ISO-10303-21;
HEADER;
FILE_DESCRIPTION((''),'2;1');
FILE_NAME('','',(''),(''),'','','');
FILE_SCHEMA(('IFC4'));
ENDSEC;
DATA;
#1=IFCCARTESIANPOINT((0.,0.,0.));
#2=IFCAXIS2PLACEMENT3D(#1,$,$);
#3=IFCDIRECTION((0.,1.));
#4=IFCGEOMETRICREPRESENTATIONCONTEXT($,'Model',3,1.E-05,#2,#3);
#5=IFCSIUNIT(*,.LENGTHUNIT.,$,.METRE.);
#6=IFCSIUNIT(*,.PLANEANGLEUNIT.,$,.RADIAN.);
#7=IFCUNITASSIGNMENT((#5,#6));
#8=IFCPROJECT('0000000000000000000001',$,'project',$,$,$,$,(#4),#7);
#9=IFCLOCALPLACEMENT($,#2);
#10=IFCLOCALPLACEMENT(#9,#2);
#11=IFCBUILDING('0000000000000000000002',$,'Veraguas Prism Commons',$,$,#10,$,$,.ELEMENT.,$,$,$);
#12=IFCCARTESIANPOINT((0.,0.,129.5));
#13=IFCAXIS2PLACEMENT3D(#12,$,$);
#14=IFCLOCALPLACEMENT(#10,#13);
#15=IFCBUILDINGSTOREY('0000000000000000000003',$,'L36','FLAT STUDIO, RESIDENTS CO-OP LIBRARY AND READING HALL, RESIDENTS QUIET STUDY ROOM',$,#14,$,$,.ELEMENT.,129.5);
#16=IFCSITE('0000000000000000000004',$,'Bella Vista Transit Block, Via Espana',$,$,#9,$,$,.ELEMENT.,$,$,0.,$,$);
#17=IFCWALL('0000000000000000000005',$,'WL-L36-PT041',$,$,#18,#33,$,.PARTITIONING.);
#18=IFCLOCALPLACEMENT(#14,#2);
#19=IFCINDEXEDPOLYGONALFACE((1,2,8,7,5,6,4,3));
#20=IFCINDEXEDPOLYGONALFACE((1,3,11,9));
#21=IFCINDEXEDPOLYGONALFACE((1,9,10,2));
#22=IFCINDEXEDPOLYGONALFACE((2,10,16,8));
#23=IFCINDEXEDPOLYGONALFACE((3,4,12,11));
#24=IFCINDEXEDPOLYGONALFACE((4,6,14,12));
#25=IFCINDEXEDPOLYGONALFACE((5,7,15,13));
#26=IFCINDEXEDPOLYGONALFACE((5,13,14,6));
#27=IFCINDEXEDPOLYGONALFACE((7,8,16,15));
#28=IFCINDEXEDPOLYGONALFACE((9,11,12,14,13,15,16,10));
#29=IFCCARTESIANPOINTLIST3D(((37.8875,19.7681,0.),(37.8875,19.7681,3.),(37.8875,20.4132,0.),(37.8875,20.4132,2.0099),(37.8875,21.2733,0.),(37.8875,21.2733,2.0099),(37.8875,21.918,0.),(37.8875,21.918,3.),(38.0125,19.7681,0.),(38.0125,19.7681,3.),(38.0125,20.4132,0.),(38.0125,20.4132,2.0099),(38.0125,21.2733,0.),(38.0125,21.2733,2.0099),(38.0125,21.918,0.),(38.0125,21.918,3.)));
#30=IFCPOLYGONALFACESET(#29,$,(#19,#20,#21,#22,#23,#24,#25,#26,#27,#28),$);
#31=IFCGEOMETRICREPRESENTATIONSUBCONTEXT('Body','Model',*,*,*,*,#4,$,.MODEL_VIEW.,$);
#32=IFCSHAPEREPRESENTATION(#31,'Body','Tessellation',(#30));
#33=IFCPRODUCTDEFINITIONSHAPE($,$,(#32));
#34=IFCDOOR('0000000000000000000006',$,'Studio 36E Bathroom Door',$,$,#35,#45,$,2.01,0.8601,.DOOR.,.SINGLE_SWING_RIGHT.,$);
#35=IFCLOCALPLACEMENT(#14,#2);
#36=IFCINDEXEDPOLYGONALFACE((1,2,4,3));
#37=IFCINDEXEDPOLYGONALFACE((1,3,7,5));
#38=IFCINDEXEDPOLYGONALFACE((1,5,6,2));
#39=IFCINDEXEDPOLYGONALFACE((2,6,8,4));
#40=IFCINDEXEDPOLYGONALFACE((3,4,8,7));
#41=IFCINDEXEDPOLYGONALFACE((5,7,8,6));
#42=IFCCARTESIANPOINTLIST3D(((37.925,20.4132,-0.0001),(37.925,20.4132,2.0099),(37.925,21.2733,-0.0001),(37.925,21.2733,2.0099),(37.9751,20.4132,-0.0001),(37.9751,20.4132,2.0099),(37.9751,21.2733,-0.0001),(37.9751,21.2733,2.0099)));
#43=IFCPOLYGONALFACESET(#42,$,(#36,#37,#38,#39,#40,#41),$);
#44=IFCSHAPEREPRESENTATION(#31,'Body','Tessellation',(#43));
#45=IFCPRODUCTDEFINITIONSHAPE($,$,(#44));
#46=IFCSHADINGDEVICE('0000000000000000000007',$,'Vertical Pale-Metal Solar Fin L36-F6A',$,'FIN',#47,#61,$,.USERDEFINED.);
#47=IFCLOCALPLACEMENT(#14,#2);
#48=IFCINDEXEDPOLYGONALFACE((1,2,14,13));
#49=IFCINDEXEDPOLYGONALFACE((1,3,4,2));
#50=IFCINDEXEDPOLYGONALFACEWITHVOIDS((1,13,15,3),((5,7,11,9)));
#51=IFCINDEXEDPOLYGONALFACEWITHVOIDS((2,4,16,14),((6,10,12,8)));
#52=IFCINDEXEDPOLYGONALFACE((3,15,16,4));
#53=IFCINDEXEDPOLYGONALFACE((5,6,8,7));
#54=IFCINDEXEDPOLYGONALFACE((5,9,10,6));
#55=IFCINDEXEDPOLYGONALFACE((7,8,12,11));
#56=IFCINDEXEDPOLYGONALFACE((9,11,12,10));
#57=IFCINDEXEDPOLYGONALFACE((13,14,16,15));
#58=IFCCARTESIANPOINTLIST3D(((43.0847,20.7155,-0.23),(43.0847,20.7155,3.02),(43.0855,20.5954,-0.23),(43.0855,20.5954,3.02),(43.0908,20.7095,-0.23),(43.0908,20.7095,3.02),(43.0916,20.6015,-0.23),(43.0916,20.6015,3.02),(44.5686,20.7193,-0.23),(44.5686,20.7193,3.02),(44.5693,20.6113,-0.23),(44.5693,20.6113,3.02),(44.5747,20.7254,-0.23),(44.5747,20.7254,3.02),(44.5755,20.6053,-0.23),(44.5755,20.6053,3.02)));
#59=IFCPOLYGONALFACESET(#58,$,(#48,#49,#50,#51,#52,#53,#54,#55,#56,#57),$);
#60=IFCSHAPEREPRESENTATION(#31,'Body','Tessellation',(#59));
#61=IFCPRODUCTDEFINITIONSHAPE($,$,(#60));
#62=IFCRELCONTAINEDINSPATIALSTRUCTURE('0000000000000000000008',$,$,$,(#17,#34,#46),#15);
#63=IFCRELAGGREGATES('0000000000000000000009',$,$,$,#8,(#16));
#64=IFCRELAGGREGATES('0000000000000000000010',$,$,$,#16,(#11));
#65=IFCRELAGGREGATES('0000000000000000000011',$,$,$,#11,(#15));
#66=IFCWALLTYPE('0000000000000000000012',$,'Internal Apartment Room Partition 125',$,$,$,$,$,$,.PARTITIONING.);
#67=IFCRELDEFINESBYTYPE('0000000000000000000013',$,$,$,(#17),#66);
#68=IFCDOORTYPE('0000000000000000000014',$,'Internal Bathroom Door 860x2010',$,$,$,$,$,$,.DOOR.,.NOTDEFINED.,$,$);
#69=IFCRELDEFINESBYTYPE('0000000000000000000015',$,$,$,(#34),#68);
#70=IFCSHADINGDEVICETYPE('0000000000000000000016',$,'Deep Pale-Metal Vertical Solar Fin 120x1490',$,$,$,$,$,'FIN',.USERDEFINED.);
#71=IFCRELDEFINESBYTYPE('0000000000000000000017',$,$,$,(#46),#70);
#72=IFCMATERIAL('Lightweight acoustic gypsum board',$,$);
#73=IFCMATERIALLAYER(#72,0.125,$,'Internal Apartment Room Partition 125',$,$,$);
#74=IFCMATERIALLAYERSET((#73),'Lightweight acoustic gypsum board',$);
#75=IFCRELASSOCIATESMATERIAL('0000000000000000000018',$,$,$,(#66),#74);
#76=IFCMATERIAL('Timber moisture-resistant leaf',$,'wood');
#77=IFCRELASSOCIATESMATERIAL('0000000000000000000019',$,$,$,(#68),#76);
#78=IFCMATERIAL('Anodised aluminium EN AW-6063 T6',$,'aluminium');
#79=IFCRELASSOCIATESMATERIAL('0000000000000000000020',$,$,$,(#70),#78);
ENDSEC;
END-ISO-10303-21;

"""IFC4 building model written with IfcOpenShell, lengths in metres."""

from ifc_helpers import new_model, si_unit, direction, frame, frame_2d, origin, origin_2d, place, context, subcontext, project, spatial, rectangle, hollow_rectangle, extrude, source, transform, mapped, material, layer, layer_set, material_profile, profile_set, type_object, element, fill, save


model = new_model("IFC4")

# Units and contexts
model_context = context("Model", 3, precision=1e-05, world=origin(), true_north=direction((0.0, 1.0)))
body_context = subcontext(model_context, "Body", "Model", "MODEL_VIEW")
ifc_project = project(units=[si_unit("LENGTHUNIT", "METRE"), si_unit("PLANEANGLEUNIT", "RADIAN")], contexts=[model_context])

# Site, building, storey
site_placement = place(None, origin())
site = spatial("IfcSite", under=ifc_project, at=site_placement, Name="Bella Vista Transit Block, Via Espana", CompositionType="ELEMENT", RefElevation=0.0)
building_placement = place(site_placement, origin())
building = spatial("IfcBuilding", under=site, at=building_placement, Name="Veraguas Prism Commons", CompositionType="ELEMENT")
storey_placement = place(building_placement, frame((0.0, 0.0, 129.5)))
storey = spatial("IfcBuildingStorey", under=building, at=storey_placement, Name="L36", Description="FLAT STUDIO, RESIDENTS CO-OP LIBRARY AND READING HALL, RESIDENTS QUIET STUDY ROOM", CompositionType="ELEMENT", Elevation=129.5)

# Shared definitions
ifc_material_1 = material(Name="Anodised aluminium EN AW-6063 T6", Category="aluminium")

# Wall, opening, door
ifc_material_2 = material(Name="Lightweight acoustic gypsum board")
ifc_layer_1 = layer(ifc_material_2, 0.125, Name="Internal Apartment Room Partition 125")
ifc_layer_set_1 = layer_set([ifc_layer_1], Name="Lightweight acoustic gypsum board")
wall_type_1 = type_object("IfcWallType", Name="Internal Apartment Room Partition 125", PredefinedType="PARTITIONING", material=ifc_layer_set_1)
wall_1_placement = place(storey_placement, frame((37.95, 19.7681, 0.0), z_axis=(0.0, 0.0, 1.0), x_axis=(0.0, 1.0, 0.0)))
wall_1 = element("IfcWall", 1, at=wall_1_placement, inside=storey, type_object=wall_type_1, Name="WL-L36-PT041", PredefinedType="PARTITIONING", context=body_context, shape_type="SweptSolid", body=[
    extrude(rectangle(XDim=2.1499, YDim=0.125, at=frame_2d((1.075, 0.0))), origin(), (0.0, 0.0, 1.0), 3.0),
])
opening_1_placement = place(wall_1_placement, frame((0.645, 0.0, 0.0)))
opening_1 = element("IfcOpeningElement", 2, at=opening_1_placement, cuts=wall_1, PredefinedType="OPENING", context=body_context, shape_type="SweptSolid", body=[
    extrude(rectangle(XDim=0.8601, YDim=2.01, at=frame_2d((0.4302, 1.0049))), frame((0.0, 0.0725, 0.0), z_axis=(0.0, -1.0, 0.0), x_axis=(1.0, 0.0, 0.0)), (0.0, 0.0, 1.0), 0.145),
])
ifc_material_3 = material(Name="Timber moisture-resistant leaf", Category="wood")
door_type_1 = type_object("IfcDoorType", Name="Internal Bathroom Door 860x2010", OperationType="NOTDEFINED", PredefinedType="DOOR", material=ifc_material_3)
shared_shape_1 = source(origin(), body_context, "Body", "SweptSolid", [
    extrude(rectangle(XDim=0.8601, YDim=2.01, at=frame_2d((0.4302, 1.0049))), frame((0.0, 0.0249, 0.0), z_axis=(0.0, -1.0, 0.0), x_axis=(1.0, 0.0, 0.0)), (0.0, 0.0, 1.0), 0.05),
])
door_1_placement = place(opening_1_placement, origin())
door_1 = element("IfcDoor", 3, at=door_1_placement, inside=storey, type_object=door_type_1, Name="Studio 36E Bathroom Door", OperationType="SINGLE_SWING_RIGHT", OverallHeight=2.01, OverallWidth=0.8601, PredefinedType="DOOR", context=body_context, shape_type="MappedRepresentation", body=[
    mapped(shared_shape_1, transform((0.0, 0.0, 0.0), scale=1.0)),
])
fill(opening_1, door_1)

# Shading device
ifc_material_profile_1 = material_profile(ifc_material_1, hollow_rectangle(XDim=0.1201, YDim=1.49, WallThickness=0.0061, at=origin_2d()), Name="FIN120X1490X6")
ifc_profile_set_1 = profile_set([ifc_material_profile_1], Name="Anodised aluminium EN AW-6063 T6")
shading_device_type = type_object("IfcShadingDeviceType", Name="Deep Pale-Metal Vertical Solar Fin 120x1490", ElementType="FIN", PredefinedType="USERDEFINED", material=ifc_profile_set_1)
shading_device_placement = place(storey_placement, frame((43.8301, 20.6604, -0.23), z_axis=(0.0, 0.0, 1.0), x_axis=(-0.006632, 0.999978, 0.0)))
element("IfcShadingDevice", 4, at=shading_device_placement, inside=storey, type_object=shading_device_type, Name="Vertical Pale-Metal Solar Fin L36-F6A", ObjectType="FIN", PredefinedType="USERDEFINED", context=body_context, shape_type="SweptSolid", body=[
    extrude(hollow_rectangle(XDim=0.1201, YDim=1.49, WallThickness=0.0061, at=origin_2d()), origin(), (0.0, 0.0, 1.0), 3.25),
])

save(model, "model.ifc")
